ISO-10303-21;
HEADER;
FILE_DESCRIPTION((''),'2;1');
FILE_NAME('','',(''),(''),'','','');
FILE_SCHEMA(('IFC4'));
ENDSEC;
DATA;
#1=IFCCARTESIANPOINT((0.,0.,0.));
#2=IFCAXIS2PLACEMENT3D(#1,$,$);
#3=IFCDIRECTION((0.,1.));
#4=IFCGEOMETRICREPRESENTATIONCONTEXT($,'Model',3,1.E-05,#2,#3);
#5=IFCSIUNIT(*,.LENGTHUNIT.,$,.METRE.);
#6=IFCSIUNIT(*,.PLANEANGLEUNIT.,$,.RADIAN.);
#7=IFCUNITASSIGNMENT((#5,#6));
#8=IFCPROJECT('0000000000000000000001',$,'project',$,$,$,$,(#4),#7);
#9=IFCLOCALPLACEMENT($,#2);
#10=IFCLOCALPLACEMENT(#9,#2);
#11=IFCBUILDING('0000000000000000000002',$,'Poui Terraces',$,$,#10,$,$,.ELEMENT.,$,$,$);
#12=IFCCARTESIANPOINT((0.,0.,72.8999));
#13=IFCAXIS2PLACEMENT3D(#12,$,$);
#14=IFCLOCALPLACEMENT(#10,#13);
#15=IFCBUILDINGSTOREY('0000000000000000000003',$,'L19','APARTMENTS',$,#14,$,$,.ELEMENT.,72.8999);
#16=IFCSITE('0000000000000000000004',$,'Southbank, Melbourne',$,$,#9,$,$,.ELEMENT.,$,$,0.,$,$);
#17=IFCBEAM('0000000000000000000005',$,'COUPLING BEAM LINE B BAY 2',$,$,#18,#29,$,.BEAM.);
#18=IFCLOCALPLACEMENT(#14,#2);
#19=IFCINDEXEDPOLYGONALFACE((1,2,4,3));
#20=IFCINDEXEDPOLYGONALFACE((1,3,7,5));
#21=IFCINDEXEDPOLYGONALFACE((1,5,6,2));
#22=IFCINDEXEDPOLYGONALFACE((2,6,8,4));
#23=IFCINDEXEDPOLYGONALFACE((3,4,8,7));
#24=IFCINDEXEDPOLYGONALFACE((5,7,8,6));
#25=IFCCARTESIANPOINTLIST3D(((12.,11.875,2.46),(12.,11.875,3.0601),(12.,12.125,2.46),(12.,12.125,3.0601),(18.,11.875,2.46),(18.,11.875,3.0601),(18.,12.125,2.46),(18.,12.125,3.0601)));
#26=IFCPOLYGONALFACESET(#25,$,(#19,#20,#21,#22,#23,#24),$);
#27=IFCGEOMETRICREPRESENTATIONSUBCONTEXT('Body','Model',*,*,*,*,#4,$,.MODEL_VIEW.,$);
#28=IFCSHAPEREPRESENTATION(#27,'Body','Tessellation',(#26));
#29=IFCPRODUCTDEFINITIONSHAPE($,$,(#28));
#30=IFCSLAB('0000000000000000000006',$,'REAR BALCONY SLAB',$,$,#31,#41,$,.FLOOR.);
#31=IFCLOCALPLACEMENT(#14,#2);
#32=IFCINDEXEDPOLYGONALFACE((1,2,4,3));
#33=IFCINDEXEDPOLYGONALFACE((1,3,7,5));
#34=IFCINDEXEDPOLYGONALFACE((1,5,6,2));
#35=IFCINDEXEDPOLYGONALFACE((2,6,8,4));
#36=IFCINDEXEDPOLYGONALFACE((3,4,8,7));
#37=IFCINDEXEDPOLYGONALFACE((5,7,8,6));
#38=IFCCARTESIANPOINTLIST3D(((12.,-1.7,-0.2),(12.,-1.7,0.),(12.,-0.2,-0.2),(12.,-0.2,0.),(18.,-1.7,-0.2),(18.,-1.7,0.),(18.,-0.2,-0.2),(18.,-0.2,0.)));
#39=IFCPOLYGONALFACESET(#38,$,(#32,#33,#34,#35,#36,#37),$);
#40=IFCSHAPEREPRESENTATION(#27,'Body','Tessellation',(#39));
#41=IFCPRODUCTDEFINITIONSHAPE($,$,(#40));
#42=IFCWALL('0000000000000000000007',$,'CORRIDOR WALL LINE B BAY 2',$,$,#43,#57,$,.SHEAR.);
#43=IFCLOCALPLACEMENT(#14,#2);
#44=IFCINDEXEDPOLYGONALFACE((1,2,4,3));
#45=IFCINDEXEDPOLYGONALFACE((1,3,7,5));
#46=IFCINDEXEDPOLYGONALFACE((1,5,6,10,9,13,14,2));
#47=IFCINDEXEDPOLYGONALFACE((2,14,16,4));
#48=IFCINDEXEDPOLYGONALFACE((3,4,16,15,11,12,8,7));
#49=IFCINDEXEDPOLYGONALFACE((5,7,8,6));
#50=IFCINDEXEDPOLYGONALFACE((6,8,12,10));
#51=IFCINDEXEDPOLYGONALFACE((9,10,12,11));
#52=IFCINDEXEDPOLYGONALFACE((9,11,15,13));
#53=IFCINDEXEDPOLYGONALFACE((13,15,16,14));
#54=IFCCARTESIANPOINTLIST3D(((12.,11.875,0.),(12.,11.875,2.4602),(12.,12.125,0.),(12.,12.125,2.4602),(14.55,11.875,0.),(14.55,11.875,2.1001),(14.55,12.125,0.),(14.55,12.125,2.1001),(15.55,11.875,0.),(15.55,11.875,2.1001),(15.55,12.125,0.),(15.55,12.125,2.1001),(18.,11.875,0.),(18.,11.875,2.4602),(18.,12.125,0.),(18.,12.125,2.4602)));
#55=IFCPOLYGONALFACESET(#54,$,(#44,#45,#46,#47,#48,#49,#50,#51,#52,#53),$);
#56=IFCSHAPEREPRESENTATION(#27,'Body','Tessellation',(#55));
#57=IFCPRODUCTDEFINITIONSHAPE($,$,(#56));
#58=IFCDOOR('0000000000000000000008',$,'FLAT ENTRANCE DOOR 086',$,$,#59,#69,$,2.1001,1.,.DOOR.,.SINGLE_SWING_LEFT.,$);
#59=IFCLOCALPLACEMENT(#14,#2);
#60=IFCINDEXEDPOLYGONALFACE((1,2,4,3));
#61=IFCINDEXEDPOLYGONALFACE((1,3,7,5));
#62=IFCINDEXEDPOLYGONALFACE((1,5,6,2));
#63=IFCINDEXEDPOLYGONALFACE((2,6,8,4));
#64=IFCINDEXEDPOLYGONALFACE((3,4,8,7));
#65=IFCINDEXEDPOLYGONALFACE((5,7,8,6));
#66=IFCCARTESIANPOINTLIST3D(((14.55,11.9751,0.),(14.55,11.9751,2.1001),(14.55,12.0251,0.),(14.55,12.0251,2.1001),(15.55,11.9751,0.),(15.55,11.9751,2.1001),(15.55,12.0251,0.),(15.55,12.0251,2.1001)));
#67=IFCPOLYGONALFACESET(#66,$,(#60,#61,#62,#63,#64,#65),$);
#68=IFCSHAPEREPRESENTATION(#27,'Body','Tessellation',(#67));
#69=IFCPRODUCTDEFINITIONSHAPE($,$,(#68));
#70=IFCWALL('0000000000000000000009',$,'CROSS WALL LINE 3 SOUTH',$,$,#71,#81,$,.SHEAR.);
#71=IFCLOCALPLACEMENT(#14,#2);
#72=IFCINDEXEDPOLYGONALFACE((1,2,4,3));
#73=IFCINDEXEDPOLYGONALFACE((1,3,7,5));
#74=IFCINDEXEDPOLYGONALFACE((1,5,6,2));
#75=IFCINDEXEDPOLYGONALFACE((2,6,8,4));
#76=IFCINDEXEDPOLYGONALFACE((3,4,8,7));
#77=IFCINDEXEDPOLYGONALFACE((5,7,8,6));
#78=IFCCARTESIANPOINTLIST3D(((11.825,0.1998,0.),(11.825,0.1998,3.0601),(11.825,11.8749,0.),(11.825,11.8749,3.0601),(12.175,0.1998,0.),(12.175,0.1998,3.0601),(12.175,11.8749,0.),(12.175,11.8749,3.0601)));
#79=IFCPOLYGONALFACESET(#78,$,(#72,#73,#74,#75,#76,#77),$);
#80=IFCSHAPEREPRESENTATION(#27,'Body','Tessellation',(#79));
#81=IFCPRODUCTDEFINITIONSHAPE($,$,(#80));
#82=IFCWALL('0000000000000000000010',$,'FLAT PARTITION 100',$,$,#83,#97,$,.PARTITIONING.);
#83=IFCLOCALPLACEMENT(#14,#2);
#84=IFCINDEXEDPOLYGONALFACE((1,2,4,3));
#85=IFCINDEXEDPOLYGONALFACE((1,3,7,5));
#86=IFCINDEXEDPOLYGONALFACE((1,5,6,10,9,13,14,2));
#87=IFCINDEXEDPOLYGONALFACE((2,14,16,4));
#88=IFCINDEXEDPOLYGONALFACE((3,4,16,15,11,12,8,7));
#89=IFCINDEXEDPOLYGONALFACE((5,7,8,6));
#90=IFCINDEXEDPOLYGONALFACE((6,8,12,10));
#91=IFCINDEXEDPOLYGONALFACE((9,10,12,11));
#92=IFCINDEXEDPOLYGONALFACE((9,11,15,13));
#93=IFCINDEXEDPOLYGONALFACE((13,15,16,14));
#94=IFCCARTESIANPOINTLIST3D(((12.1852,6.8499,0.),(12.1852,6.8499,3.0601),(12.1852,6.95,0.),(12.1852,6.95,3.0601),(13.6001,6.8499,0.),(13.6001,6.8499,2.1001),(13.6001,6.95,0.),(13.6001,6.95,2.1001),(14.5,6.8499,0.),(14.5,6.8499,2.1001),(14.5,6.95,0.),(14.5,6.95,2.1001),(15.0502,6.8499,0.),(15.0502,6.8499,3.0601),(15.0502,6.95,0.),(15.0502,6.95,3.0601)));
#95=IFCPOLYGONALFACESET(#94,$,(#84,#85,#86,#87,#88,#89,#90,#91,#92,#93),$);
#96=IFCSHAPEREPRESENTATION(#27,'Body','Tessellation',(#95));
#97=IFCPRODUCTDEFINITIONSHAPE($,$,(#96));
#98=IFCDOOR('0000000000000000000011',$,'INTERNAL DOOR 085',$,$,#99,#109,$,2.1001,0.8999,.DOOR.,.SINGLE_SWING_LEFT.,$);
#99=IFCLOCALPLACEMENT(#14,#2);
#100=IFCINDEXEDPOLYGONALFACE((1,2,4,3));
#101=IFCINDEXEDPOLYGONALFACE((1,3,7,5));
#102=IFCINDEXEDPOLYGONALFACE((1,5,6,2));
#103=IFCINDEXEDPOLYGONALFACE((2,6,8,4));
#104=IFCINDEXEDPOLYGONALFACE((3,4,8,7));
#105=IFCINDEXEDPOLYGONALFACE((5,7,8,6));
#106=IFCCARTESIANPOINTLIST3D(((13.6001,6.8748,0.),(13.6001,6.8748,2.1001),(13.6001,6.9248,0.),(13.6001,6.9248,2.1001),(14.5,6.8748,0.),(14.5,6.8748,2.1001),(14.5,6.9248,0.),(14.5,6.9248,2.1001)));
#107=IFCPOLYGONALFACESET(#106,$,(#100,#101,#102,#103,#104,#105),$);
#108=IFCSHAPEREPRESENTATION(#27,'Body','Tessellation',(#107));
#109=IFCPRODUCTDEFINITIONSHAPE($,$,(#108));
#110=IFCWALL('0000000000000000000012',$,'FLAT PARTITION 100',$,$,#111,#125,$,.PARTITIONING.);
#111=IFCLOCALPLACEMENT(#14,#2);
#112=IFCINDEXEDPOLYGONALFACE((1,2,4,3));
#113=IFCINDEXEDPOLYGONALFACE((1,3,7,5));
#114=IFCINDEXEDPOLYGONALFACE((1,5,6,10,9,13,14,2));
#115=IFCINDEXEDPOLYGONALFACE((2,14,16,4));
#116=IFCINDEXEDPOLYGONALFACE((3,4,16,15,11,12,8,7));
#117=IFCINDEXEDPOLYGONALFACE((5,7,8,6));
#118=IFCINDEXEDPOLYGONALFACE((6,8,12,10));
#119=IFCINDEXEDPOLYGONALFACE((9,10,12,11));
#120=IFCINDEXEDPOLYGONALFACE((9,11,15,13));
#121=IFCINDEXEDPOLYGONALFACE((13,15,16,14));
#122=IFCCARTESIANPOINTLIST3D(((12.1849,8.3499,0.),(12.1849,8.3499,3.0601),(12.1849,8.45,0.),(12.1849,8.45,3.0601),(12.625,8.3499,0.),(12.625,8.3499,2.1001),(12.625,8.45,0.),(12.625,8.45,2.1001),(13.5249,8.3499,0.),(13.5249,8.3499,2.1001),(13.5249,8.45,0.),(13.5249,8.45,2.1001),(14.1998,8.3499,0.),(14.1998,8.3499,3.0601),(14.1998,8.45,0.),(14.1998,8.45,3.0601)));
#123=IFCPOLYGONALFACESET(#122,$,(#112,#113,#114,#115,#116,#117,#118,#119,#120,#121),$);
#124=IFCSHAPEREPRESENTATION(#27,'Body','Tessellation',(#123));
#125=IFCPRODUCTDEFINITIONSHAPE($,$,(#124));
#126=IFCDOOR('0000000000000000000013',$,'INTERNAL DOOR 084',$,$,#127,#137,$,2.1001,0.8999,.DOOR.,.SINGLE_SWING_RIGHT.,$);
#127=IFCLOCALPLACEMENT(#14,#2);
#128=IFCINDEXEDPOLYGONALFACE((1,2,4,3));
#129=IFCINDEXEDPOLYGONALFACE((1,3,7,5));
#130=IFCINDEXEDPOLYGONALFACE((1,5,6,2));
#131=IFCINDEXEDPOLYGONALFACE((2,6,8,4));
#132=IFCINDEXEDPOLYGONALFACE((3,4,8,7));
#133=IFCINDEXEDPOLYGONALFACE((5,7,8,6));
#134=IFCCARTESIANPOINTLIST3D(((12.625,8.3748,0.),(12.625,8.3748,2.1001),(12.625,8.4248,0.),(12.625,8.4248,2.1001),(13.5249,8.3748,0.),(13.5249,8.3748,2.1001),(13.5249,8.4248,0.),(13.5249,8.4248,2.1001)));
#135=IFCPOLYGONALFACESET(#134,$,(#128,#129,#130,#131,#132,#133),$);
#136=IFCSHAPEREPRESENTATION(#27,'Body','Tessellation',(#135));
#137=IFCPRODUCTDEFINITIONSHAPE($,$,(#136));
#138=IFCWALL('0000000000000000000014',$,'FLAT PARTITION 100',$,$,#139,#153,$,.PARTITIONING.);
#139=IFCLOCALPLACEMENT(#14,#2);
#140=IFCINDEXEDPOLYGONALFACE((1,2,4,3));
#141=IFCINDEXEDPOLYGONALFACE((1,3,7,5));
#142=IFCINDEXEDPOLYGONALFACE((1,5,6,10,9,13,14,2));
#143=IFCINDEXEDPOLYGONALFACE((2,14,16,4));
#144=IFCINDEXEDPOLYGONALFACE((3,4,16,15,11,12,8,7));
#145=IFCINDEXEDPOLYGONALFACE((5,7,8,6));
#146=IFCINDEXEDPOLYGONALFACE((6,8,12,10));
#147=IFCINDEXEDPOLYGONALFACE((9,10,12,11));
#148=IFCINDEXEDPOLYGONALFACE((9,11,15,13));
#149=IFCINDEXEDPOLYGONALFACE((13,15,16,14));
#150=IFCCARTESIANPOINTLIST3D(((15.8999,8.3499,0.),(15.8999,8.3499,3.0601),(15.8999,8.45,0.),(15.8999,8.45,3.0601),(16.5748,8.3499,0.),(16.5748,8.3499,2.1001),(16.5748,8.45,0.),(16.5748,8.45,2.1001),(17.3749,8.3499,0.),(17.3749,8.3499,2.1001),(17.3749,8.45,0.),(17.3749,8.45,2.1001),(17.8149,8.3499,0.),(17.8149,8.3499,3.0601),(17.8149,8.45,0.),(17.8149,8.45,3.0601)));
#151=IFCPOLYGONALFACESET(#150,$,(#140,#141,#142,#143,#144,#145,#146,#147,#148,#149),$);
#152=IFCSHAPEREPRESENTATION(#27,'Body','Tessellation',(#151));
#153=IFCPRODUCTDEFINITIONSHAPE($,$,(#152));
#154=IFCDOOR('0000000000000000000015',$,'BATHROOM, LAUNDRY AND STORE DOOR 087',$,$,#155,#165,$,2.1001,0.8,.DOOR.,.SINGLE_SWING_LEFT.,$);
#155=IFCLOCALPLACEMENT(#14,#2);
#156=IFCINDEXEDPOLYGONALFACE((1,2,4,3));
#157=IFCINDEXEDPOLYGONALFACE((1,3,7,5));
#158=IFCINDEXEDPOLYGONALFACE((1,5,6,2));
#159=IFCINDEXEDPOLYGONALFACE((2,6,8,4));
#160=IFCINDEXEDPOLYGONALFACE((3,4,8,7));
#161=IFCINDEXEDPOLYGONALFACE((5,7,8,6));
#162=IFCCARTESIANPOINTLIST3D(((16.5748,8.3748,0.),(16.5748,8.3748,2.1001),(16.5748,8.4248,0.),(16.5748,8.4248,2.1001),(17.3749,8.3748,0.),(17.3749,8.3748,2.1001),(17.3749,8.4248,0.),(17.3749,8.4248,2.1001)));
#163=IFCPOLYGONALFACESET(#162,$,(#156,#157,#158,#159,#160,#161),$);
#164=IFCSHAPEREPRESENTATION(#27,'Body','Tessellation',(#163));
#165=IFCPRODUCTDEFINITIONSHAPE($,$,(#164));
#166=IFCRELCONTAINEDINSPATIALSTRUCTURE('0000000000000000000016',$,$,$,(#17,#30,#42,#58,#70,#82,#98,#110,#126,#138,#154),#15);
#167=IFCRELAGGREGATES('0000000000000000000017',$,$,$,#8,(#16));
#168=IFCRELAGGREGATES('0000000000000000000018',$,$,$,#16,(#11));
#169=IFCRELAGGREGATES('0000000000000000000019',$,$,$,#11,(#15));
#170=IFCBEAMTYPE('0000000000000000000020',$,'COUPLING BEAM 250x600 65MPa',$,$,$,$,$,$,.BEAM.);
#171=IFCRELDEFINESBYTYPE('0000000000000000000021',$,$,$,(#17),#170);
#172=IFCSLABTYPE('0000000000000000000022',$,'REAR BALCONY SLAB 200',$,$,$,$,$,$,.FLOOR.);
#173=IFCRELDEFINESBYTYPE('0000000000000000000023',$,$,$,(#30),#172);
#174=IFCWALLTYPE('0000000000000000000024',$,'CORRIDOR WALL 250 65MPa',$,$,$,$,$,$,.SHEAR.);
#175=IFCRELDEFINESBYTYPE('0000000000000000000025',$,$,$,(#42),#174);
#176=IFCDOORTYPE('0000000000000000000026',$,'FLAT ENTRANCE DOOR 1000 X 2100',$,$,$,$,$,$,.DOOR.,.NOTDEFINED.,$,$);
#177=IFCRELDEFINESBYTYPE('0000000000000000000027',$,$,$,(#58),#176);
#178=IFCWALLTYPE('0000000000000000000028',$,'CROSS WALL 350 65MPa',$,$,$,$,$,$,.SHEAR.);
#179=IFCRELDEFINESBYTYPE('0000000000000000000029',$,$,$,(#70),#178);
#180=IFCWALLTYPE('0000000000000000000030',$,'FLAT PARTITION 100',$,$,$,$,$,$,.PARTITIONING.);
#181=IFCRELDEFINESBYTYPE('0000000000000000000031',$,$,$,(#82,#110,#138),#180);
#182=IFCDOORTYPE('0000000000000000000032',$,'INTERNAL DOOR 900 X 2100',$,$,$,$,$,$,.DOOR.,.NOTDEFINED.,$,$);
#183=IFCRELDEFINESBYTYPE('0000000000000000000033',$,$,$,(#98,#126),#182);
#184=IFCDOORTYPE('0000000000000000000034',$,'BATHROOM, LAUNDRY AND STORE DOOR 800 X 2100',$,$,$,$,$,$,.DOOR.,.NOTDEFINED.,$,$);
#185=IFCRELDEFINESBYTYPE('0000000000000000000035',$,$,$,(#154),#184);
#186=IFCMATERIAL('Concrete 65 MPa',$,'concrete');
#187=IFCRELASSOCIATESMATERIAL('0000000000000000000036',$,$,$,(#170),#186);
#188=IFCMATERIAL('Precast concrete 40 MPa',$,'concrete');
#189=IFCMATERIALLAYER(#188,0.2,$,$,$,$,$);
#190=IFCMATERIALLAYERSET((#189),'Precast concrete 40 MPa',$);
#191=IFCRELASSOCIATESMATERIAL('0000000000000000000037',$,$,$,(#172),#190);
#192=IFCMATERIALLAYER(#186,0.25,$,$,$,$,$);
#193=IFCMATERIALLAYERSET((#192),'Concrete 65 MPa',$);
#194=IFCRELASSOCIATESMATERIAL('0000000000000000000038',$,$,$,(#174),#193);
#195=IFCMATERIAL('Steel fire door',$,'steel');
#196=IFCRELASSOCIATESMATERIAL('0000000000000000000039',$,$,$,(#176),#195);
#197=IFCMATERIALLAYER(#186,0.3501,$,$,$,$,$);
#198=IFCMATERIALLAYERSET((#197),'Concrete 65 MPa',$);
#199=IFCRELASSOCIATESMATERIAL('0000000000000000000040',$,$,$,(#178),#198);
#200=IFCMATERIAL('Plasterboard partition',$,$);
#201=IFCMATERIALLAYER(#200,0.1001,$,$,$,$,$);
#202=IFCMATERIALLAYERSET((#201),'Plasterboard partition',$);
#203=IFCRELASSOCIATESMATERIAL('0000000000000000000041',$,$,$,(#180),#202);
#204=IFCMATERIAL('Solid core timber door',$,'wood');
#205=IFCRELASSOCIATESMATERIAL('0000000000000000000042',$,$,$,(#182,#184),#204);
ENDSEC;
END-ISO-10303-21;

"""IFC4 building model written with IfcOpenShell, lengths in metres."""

from ifc_helpers import new_model, si_unit, direction, frame, frame_2d, origin, origin_2d, place, context, subcontext, project, spatial, polyline, rectangle, outline, extrude, source, transform, mapped, material, layer, layer_set, material_profile, profile_set, type_object, element, fill, save


model = new_model("IFC4")

# Units and contexts
model_context = context("Model", 3, precision=1e-05, world=origin(), true_north=direction((0.0, 1.0)))
body_context = subcontext(model_context, "Body", "Model", "MODEL_VIEW")
ifc_project = project(units=[si_unit("LENGTHUNIT", "METRE"), si_unit("PLANEANGLEUNIT", "RADIAN")], contexts=[model_context])

# Site, building, storey
site_placement = place(None, origin())
site = spatial("IfcSite", under=ifc_project, at=site_placement, Name="Southbank, Melbourne", CompositionType="ELEMENT", RefElevation=0.0)
building_placement = place(site_placement, origin())
building = spatial("IfcBuilding", under=site, at=building_placement, Name="Poui Terraces", CompositionType="ELEMENT")
storey_placement = place(building_placement, frame((0.0, 0.0, 72.8999)))
storey = spatial("IfcBuildingStorey", under=building, at=storey_placement, Name="L19", Description="APARTMENTS", CompositionType="ELEMENT", Elevation=72.8999)

# Beam
ifc_material_1 = material(Name="Concrete 65 MPa", Category="concrete")
ifc_material_profile_1 = material_profile(ifc_material_1, rectangle(XDim=0.25, YDim=0.6001, at=origin_2d()), Name="RC 250x600")
ifc_profile_set_1 = profile_set([ifc_material_profile_1], Name="Concrete 65 MPa")
beam_type = type_object("IfcBeamType", Name="COUPLING BEAM 250x600 65MPa", PredefinedType="BEAM", material=ifc_profile_set_1)
shared_shape_1 = source(origin(), body_context, "Body", "SweptSolid", [
    extrude(rectangle(XDim=0.25, YDim=0.6001, at=origin_2d()), origin(), (0.0, 0.0, 1.0), 6.0),
])
beam_placement = place(storey_placement, frame((12.0, 12.0, 2.76), z_axis=(1.0, 0.0, 0.0), x_axis=(0.0, 1.0, 0.0)))
element("IfcBeam", 1, at=beam_placement, inside=storey, type_object=beam_type, Name="COUPLING BEAM LINE B BAY 2", PredefinedType="BEAM", context=body_context, shape_type="MappedRepresentation", body=[
    mapped(shared_shape_1, transform((0.0, 0.0, 0.0))),
])

# Slab
ifc_material_2 = material(Name="Precast concrete 40 MPa", Category="concrete")
ifc_layer_1 = layer(ifc_material_2, 0.2)
ifc_layer_set_1 = layer_set([ifc_layer_1], Name="Precast concrete 40 MPa")
slab_type = type_object("IfcSlabType", Name="REAR BALCONY SLAB 200", PredefinedType="FLOOR", material=ifc_layer_set_1)
shared_shape_2 = source(origin(), body_context, "Body", "SweptSolid", [
    extrude(outline(polyline([(0.0, 0.0), (6.0, 0.0), (6.0, 1.5), (0.0, 1.5), (0.0, 0.0)])), origin(), (0.0, 0.0, 1.0), 0.2),
])
slab_placement = place(storey_placement, frame((12.0, -1.7, -0.2)))
element("IfcSlab", 2, at=slab_placement, inside=storey, type_object=slab_type, Name="REAR BALCONY SLAB", PredefinedType="FLOOR", context=body_context, shape_type="MappedRepresentation", body=[
    mapped(shared_shape_2, transform((0.0, 0.0, 0.0))),
])

# Wall, opening, door
ifc_layer_2 = layer(ifc_material_1, 0.25)
ifc_layer_set_2 = layer_set([ifc_layer_2], Name="Concrete 65 MPa")
wall_type_1 = type_object("IfcWallType", Name="CORRIDOR WALL 250 65MPa", PredefinedType="SHEAR", material=ifc_layer_set_2)
wall_1_placement = place(storey_placement, frame((12.0, 12.0, 0.0), z_axis=(0.0, 0.0, 1.0), x_axis=(1.0, 0.0, 0.0)))
wall_1 = element("IfcWall", 3, at=wall_1_placement, inside=storey, type_object=wall_type_1, Name="CORRIDOR WALL LINE B BAY 2", PredefinedType="SHEAR", context=body_context, shape_type="SweptSolid", body=[
    extrude(rectangle(XDim=6.0, YDim=0.25, at=frame_2d((3.0, 0.0))), origin(), (0.0, 0.0, 1.0), 2.4602),
])
opening_1_placement = place(wall_1_placement, frame((2.55, 0.0, 0.0)))
opening_1 = element("IfcOpeningElement", 4, at=opening_1_placement, cuts=wall_1, PredefinedType="OPENING", context=body_context, shape_type="SweptSolid", body=[
    extrude(rectangle(XDim=1.0, YDim=2.1001, at=frame_2d((0.5, 1.05))), frame((0.0, 0.135, 0.0), z_axis=(0.0, -1.0, 0.0), x_axis=(1.0, 0.0, 0.0)), (0.0, 0.0, 1.0), 0.27),
])
ifc_material_3 = material(Name="Steel fire door", Category="steel")
door_type_1 = type_object("IfcDoorType", Name="FLAT ENTRANCE DOOR 1000 X 2100", OperationType="NOTDEFINED", PredefinedType="DOOR", material=ifc_material_3)
door_1_placement = place(opening_1_placement, frame((1.0, 0.0, 0.0), z_axis=(0.0, 0.0, 1.0), x_axis=(-1.0, 0.0, 0.0)))
door_1 = element("IfcDoor", 5, at=door_1_placement, inside=storey, type_object=door_type_1, Name="FLAT ENTRANCE DOOR 086", OperationType="SINGLE_SWING_LEFT", OverallHeight=2.1001, OverallWidth=1.0, PredefinedType="DOOR", context=body_context, shape_type="SweptSolid", body=[
    extrude(rectangle(XDim=1.0, YDim=2.1001, at=frame_2d((0.5, 1.05))), frame((0.0, 0.0249, 0.0), z_axis=(0.0, -1.0, 0.0), x_axis=(1.0, 0.0, 0.0)), (0.0, 0.0, 1.0), 0.05),
])
fill(opening_1, door_1)

# Wall
ifc_layer_3 = layer(ifc_material_1, 0.3501)
ifc_layer_set_3 = layer_set([ifc_layer_3], Name="Concrete 65 MPa")
wall_type_2 = type_object("IfcWallType", Name="CROSS WALL 350 65MPa", PredefinedType="SHEAR", material=ifc_layer_set_3)
wall_2_placement = place(storey_placement, frame((12.0, 0.2, 0.0), z_axis=(0.0, 0.0, 1.0), x_axis=(0.0, 1.0, 0.0)))
element("IfcWall", 6, at=wall_2_placement, inside=storey, type_object=wall_type_2, Name="CROSS WALL LINE 3 SOUTH", PredefinedType="SHEAR", context=body_context, shape_type="SweptSolid", body=[
    extrude(rectangle(XDim=11.675, YDim=0.3501, at=frame_2d((5.8374, 0.0))), origin(), (0.0, 0.0, 1.0), 3.0601),
])

# Walls, openings, doors
ifc_material_4 = material(Name="Plasterboard partition")
ifc_layer_4 = layer(ifc_material_4, 0.1001)
ifc_layer_set_4 = layer_set([ifc_layer_4], Name="Plasterboard partition")
wall_type_3 = type_object("IfcWallType", Name="FLAT PARTITION 100", PredefinedType="PARTITIONING", material=ifc_layer_set_4)
wall_3_placement = place(storey_placement, frame((12.1851, 6.8999, 0.0), z_axis=(0.0, 0.0, 1.0), x_axis=(1.0, 0.0, 0.0)))
wall_3 = element("IfcWall", 7, at=wall_3_placement, inside=storey, type_object=wall_type_3, Name="FLAT PARTITION 100", PredefinedType="PARTITIONING", context=body_context, shape_type="SweptSolid", body=[
    extrude(rectangle(XDim=2.865, YDim=0.1001, at=frame_2d((1.4326, 0.0))), origin(), (0.0, 0.0, 1.0), 3.0601),
])
opening_2_placement = place(wall_3_placement, frame((1.415, 0.0, 0.0)))
opening_2 = element("IfcOpeningElement", 8, at=opening_2_placement, cuts=wall_3, PredefinedType="OPENING", context=body_context, shape_type="SweptSolid", body=[
    extrude(rectangle(XDim=0.8999, YDim=2.1001, at=frame_2d((0.45, 1.05))), frame((0.0, 0.0601, 0.0), z_axis=(0.0, -1.0, 0.0), x_axis=(1.0, 0.0, 0.0)), (0.0, 0.0, 1.0), 0.1201),
])
ifc_material_5 = material(Name="Solid core timber door", Category="wood")
door_type_2 = type_object("IfcDoorType", Name="INTERNAL DOOR 900 X 2100", OperationType="NOTDEFINED", PredefinedType="DOOR", material=ifc_material_5)
door_2_placement = place(opening_2_placement, origin())
door_2 = element("IfcDoor", 9, at=door_2_placement, inside=storey, type_object=door_type_2, Name="INTERNAL DOOR 085", OperationType="SINGLE_SWING_LEFT", OverallHeight=2.1001, OverallWidth=0.8999, PredefinedType="DOOR", context=body_context, shape_type="SweptSolid", body=[
    extrude(rectangle(XDim=0.8999, YDim=2.1001, at=frame_2d((0.45, 1.05))), frame((0.0, 0.0249, 0.0), z_axis=(0.0, -1.0, 0.0), x_axis=(1.0, 0.0, 0.0)), (0.0, 0.0, 1.0), 0.05),
])
fill(opening_2, door_2)
wall_4_placement = place(storey_placement, frame((12.1851, 8.3999, 0.0), z_axis=(0.0, 0.0, 1.0), x_axis=(1.0, 0.0, 0.0)))
wall_4 = element("IfcWall", 10, at=wall_4_placement, inside=storey, type_object=wall_type_3, Name="FLAT PARTITION 100", PredefinedType="PARTITIONING", context=body_context, shape_type="SweptSolid", body=[
    extrude(rectangle(XDim=2.0149, YDim=0.1001, at=frame_2d((1.0073, 0.0))), origin(), (0.0, 0.0, 1.0), 3.0601),
])
opening_3_placement = place(wall_4_placement, frame((0.4399, 0.0, 0.0)))
opening_3 = element("IfcOpeningElement", 11, at=opening_3_placement, cuts=wall_4, PredefinedType="OPENING", context=body_context, shape_type="SweptSolid", body=[
    extrude(rectangle(XDim=0.8999, YDim=2.1001, at=frame_2d((0.45, 1.05))), frame((0.0, 0.0601, 0.0), z_axis=(0.0, -1.0, 0.0), x_axis=(1.0, 0.0, 0.0)), (0.0, 0.0, 1.0), 0.1201),
])
door_3_placement = place(opening_3_placement, origin())
door_3 = element("IfcDoor", 12, at=door_3_placement, inside=storey, type_object=door_type_2, Name="INTERNAL DOOR 084", OperationType="SINGLE_SWING_RIGHT", OverallHeight=2.1001, OverallWidth=0.8999, PredefinedType="DOOR", context=body_context, shape_type="SweptSolid", body=[
    extrude(rectangle(XDim=0.8999, YDim=2.1001, at=frame_2d((0.45, 1.05))), frame((0.0, 0.0249, 0.0), z_axis=(0.0, -1.0, 0.0), x_axis=(1.0, 0.0, 0.0)), (0.0, 0.0, 1.0), 0.05),
])
fill(opening_3, door_3)
wall_5_placement = place(storey_placement, frame((15.8999, 8.3999, 0.0), z_axis=(0.0, 0.0, 1.0), x_axis=(1.0, 0.0, 0.0)))
wall_5 = element("IfcWall", 13, at=wall_5_placement, inside=storey, type_object=wall_type_3, Name="FLAT PARTITION 100", PredefinedType="PARTITIONING", context=body_context, shape_type="SweptSolid", body=[
    extrude(rectangle(XDim=1.915, YDim=0.1001, at=frame_2d((0.9575, 0.0))), origin(), (0.0, 0.0, 1.0), 3.0601),
])
opening_4_placement = place(wall_5_placement, frame((0.675, 0.0, 0.0)))
opening_4 = element("IfcOpeningElement", 14, at=opening_4_placement, cuts=wall_5, PredefinedType="OPENING", context=body_context, shape_type="SweptSolid", body=[
    extrude(rectangle(XDim=0.8, YDim=2.1001, at=frame_2d((0.3999, 1.05))), frame((0.0, 0.0601, 0.0), z_axis=(0.0, -1.0, 0.0), x_axis=(1.0, 0.0, 0.0)), (0.0, 0.0, 1.0), 0.1201),
])
door_type_3 = type_object("IfcDoorType", Name="BATHROOM, LAUNDRY AND STORE DOOR 800 X 2100", OperationType="NOTDEFINED", PredefinedType="DOOR", material=ifc_material_5)
door_4_placement = place(opening_4_placement, origin())
door_4 = element("IfcDoor", 15, at=door_4_placement, inside=storey, type_object=door_type_3, Name="BATHROOM, LAUNDRY AND STORE DOOR 087", OperationType="SINGLE_SWING_LEFT", OverallHeight=2.1001, OverallWidth=0.8, PredefinedType="DOOR", context=body_context, shape_type="SweptSolid", body=[
    extrude(rectangle(XDim=0.8, YDim=2.1001, at=frame_2d((0.3999, 1.05))), frame((0.0, 0.0249, 0.0), z_axis=(0.0, -1.0, 0.0), x_axis=(1.0, 0.0, 0.0)), (0.0, 0.0, 1.0), 0.05),
])
fill(opening_4, door_4)

save(model, "model.ifc")
